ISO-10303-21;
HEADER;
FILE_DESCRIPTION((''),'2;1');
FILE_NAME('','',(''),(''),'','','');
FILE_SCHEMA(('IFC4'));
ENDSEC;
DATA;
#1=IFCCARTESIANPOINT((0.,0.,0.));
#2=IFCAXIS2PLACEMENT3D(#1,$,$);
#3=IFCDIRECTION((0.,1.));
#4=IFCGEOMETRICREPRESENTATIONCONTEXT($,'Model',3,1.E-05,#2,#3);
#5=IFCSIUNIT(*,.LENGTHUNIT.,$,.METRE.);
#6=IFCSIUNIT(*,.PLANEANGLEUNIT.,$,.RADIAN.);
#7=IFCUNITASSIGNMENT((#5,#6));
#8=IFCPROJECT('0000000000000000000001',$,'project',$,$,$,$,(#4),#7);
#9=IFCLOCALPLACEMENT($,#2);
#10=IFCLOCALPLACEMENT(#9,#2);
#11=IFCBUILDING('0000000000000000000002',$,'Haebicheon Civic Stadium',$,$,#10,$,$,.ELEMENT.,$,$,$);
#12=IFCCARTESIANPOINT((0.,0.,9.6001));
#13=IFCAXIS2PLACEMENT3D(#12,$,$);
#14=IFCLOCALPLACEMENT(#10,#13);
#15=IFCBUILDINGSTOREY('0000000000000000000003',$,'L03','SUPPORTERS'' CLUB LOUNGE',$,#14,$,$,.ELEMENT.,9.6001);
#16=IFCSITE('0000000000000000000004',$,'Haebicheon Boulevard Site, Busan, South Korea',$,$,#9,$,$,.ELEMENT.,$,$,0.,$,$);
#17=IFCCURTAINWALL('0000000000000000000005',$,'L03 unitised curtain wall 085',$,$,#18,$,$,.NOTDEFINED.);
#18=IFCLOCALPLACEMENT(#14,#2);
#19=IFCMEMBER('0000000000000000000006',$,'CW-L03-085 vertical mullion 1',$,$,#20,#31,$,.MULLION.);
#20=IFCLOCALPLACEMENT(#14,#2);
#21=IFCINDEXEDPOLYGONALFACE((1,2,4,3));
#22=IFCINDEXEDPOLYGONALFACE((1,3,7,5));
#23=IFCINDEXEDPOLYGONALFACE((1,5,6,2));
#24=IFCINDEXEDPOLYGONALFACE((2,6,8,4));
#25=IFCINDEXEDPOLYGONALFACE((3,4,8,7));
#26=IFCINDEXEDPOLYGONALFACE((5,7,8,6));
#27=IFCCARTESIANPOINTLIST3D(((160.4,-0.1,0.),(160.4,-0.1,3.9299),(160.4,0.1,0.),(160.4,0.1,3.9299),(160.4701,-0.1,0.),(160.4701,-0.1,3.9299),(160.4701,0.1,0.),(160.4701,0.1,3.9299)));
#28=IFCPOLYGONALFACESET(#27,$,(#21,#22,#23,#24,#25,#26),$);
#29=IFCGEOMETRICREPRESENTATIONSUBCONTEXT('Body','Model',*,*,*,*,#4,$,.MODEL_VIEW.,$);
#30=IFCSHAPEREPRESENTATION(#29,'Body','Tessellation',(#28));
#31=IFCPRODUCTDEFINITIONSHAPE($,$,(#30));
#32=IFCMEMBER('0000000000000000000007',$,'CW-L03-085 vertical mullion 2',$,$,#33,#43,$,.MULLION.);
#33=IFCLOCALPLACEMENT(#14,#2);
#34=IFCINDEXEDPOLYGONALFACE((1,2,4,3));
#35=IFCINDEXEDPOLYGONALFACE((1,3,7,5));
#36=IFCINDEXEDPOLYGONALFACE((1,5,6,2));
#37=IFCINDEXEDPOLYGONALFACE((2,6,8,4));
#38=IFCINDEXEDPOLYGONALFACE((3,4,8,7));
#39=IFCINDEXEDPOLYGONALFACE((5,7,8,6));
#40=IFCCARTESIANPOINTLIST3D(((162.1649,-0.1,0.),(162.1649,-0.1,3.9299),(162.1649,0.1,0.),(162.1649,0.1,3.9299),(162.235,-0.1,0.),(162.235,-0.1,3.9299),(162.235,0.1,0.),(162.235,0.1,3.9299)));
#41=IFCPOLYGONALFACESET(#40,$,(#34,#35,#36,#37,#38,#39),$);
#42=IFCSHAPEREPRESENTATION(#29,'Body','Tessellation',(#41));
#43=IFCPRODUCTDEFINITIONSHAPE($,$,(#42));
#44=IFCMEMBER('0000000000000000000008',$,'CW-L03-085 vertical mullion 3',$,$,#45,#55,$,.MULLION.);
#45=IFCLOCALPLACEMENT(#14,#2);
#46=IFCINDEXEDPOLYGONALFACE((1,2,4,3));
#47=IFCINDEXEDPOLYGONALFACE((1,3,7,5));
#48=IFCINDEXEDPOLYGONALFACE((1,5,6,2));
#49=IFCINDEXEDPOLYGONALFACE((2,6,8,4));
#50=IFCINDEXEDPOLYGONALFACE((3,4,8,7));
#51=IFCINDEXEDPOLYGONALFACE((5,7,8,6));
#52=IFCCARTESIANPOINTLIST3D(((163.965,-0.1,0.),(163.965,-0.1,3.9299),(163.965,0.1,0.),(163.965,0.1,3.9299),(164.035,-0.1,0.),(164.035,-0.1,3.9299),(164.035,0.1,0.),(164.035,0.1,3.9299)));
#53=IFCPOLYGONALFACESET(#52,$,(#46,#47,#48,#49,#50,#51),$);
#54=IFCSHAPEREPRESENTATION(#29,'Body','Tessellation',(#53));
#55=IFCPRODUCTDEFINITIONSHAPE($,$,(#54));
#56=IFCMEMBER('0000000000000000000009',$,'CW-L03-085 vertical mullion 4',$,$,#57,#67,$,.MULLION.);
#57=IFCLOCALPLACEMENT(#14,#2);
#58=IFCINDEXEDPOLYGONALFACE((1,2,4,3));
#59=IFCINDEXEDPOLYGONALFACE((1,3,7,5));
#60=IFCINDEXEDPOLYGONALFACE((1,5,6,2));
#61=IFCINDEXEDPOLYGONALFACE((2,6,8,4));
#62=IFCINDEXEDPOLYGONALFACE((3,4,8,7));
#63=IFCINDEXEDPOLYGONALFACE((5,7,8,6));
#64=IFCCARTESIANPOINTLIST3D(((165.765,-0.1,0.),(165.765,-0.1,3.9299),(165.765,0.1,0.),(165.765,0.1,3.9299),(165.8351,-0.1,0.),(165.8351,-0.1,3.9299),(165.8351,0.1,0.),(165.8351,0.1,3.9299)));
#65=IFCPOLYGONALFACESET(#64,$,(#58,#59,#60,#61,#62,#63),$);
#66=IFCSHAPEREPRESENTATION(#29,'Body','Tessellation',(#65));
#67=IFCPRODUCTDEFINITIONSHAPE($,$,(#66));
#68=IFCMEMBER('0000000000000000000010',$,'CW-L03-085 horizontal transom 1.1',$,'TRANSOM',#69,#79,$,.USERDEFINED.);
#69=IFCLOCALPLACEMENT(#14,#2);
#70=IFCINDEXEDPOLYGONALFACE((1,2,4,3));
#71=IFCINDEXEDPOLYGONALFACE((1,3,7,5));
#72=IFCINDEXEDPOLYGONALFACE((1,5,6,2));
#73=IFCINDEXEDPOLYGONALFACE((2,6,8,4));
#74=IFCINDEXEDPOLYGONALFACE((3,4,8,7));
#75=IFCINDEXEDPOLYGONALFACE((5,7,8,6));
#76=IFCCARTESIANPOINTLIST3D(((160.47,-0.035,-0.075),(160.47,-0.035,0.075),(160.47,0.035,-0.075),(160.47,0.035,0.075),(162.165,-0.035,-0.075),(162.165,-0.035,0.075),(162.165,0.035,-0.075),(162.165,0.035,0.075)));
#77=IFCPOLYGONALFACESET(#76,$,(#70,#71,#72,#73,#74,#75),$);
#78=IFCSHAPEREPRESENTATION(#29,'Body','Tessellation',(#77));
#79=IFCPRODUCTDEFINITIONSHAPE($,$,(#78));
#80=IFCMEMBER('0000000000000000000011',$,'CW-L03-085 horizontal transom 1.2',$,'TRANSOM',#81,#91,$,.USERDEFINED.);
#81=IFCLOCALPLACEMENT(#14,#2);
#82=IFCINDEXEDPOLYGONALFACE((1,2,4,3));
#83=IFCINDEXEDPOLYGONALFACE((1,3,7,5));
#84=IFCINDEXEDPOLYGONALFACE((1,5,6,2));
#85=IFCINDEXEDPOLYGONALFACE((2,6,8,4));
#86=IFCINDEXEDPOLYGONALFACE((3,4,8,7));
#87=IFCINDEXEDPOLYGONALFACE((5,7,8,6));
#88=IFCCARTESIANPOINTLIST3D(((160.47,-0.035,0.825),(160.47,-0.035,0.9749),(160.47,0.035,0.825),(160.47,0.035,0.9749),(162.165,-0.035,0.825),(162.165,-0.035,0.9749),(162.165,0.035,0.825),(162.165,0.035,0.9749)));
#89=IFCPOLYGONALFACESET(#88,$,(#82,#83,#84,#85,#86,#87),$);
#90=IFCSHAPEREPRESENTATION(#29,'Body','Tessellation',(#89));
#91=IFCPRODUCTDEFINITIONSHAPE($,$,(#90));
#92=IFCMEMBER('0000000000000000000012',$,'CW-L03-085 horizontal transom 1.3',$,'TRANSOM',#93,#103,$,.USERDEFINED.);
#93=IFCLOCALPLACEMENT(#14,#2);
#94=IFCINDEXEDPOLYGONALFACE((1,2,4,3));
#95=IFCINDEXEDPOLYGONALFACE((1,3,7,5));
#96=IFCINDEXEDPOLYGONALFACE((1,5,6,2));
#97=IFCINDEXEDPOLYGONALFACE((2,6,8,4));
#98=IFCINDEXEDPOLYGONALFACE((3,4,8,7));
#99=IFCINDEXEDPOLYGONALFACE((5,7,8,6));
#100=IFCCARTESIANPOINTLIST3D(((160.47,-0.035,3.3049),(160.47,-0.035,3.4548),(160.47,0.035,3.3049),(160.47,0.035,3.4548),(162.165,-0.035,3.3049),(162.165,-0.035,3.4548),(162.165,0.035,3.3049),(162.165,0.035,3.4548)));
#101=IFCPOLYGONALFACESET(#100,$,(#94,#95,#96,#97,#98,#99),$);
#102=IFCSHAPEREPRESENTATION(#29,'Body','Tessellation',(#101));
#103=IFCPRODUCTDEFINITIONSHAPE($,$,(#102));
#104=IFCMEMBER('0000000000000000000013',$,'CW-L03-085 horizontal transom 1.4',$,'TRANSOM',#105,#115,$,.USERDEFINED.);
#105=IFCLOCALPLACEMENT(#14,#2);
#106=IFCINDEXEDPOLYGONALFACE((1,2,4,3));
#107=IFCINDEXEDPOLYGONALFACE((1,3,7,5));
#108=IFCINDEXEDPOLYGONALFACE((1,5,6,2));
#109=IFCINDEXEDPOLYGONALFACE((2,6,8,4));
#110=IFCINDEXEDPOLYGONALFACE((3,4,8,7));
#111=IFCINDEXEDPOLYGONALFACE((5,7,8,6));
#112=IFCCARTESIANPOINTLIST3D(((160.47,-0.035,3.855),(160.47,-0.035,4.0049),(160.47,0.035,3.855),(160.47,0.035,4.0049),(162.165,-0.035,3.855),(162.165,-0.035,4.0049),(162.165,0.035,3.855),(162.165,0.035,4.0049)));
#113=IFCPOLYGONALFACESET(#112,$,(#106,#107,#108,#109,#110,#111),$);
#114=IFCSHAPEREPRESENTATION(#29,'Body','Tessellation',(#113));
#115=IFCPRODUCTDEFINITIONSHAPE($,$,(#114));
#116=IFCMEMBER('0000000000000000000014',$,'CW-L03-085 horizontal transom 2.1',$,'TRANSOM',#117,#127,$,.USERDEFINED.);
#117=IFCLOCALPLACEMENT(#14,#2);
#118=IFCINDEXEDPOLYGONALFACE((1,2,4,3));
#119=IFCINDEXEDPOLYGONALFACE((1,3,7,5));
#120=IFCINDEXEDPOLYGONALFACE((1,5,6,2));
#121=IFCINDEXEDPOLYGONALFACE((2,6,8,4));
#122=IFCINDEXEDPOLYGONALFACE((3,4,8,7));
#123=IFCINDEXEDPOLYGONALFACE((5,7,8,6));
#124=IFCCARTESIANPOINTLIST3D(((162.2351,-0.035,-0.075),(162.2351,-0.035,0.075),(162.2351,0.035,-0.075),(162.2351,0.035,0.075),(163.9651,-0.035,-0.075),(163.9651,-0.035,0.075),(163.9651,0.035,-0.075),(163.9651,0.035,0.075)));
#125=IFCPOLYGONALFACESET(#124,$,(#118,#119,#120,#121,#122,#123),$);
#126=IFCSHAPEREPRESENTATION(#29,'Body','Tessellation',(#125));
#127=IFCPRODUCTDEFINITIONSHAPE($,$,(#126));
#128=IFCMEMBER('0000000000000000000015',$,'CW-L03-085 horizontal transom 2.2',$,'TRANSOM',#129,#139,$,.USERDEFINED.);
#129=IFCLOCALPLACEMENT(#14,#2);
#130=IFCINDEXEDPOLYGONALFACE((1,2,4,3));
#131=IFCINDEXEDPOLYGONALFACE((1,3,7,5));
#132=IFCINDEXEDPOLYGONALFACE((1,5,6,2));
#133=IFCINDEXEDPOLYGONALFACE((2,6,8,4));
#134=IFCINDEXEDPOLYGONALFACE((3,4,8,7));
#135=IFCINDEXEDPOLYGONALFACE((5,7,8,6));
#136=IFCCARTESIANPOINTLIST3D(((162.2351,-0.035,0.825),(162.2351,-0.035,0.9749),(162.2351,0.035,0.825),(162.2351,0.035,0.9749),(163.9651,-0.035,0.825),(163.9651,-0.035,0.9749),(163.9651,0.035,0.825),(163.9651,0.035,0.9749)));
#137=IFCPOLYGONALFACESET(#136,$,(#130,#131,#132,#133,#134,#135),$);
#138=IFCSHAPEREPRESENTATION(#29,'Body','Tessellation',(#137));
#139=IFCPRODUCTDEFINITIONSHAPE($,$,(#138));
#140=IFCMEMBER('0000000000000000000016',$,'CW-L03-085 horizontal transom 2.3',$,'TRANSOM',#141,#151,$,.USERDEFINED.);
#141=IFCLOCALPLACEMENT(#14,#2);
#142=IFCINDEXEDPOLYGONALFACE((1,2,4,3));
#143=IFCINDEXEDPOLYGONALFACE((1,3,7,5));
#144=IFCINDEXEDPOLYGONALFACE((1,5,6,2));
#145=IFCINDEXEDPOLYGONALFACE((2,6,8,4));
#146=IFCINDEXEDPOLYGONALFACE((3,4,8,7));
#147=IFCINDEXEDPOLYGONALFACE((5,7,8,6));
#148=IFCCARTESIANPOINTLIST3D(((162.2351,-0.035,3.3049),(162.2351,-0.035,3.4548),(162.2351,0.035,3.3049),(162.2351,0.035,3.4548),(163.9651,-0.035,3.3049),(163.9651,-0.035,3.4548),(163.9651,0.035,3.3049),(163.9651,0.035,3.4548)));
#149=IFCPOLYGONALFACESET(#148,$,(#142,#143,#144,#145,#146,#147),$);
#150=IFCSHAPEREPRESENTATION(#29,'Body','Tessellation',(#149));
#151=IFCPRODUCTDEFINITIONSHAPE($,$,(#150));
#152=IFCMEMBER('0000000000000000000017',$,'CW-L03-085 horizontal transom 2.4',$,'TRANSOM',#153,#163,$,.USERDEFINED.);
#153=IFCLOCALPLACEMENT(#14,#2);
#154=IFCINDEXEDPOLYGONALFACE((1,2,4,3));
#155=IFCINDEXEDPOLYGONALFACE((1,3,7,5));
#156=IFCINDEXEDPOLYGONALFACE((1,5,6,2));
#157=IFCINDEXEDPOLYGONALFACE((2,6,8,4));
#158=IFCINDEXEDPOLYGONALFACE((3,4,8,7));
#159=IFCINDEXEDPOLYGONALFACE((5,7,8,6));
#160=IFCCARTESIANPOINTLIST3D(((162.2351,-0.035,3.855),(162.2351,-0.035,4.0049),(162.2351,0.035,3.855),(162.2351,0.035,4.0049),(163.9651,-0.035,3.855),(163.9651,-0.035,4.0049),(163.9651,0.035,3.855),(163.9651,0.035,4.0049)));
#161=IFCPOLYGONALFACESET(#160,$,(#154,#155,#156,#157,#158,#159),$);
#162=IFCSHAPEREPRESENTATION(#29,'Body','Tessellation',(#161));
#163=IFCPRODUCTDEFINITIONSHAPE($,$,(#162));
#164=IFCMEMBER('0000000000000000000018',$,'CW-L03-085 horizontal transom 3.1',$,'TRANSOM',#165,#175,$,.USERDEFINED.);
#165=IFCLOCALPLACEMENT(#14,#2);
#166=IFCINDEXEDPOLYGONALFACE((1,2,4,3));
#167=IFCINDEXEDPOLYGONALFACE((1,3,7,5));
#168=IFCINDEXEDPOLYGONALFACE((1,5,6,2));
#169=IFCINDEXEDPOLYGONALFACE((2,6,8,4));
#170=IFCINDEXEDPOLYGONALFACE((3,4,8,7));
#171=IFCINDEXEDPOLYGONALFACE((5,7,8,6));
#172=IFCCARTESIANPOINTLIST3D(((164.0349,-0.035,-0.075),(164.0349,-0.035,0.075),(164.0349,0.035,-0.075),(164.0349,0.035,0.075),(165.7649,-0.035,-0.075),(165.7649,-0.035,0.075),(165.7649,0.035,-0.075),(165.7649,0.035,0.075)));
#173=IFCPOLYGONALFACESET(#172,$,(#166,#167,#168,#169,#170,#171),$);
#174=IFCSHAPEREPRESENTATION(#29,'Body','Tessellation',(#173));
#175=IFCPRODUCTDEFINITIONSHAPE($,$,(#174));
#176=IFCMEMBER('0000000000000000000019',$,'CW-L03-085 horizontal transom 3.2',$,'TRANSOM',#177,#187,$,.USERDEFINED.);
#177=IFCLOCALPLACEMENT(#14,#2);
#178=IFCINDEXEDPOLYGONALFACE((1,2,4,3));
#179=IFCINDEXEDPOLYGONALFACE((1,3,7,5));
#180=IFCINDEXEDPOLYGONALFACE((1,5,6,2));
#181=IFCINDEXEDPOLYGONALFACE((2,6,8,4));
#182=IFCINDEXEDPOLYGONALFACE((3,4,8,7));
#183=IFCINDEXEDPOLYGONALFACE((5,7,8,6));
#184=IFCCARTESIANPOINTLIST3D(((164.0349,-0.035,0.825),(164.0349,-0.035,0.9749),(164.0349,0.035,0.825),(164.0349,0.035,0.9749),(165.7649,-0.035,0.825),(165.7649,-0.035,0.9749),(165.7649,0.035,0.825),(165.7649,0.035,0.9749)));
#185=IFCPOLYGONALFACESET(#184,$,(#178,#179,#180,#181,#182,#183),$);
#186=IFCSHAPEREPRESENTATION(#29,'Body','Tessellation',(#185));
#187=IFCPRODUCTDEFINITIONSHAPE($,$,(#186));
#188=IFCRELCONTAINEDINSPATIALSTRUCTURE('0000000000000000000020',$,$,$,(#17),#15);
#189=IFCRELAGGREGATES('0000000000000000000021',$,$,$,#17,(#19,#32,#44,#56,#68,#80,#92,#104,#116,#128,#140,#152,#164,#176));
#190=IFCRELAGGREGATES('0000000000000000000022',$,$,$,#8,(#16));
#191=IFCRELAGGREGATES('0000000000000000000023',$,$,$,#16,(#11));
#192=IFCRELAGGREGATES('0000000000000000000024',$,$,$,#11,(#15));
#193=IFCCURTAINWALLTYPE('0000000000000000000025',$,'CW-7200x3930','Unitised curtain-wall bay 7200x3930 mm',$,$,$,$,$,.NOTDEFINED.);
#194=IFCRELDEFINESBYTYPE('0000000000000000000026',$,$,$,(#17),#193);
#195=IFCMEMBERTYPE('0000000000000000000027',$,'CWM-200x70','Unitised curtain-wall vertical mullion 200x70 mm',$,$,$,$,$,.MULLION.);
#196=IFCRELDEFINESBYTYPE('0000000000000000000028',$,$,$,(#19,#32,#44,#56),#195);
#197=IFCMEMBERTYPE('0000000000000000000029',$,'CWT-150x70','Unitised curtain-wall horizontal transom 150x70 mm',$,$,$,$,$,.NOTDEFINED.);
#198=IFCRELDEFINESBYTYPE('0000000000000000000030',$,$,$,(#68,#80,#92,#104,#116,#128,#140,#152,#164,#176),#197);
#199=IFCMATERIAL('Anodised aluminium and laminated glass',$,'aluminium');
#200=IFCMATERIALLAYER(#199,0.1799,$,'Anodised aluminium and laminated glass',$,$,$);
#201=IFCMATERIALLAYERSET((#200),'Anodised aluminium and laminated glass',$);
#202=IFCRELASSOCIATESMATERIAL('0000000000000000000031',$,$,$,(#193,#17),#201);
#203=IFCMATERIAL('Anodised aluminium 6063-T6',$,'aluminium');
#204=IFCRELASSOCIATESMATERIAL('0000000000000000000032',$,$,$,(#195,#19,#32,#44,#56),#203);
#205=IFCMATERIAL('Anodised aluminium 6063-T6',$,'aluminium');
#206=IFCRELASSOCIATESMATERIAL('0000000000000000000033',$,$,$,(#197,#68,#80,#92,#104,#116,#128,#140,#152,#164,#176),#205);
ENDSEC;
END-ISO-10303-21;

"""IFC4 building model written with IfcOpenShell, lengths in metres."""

from ifc_helpers import new_model, si_unit, direction, frame, origin, origin_2d, place, context, subcontext, project, spatial, rectangle, extrude, material, layer, layer_set, material_profile, profile_set, type_object, element, aggregate, save


model = new_model("IFC4")

# Units and contexts
model_context = context("Model", 3, precision=1e-05, world=origin(), true_north=direction((0.0, 1.0)))
body_context = subcontext(model_context, "Body", "Model", "MODEL_VIEW")
ifc_project = project(units=[si_unit("LENGTHUNIT", "METRE"), si_unit("PLANEANGLEUNIT", "RADIAN")], contexts=[model_context])

# Site, building, storey
site_placement = place(None, origin())
site = spatial("IfcSite", under=ifc_project, at=site_placement, Name="Haebicheon Boulevard Site, Busan, South Korea", CompositionType="ELEMENT", RefElevation=0.0)
building_placement = place(site_placement, origin())
building = spatial("IfcBuilding", under=site, at=building_placement, Name="Haebicheon Civic Stadium", CompositionType="ELEMENT")
storey_placement = place(building_placement, frame((0.0, 0.0, 9.6001)))
storey = spatial("IfcBuildingStorey", under=building, at=storey_placement, Name="L03", Description="SUPPORTERS' CLUB LOUNGE", CompositionType="ELEMENT", Elevation=9.6001)

# Curtain wall, members
ifc_material_1 = material(Name="Anodised aluminium and laminated glass", Category="aluminium")
ifc_layer_1 = layer(ifc_material_1, 0.1799, Name="Anodised aluminium and laminated glass")
ifc_layer_set_1 = layer_set([ifc_layer_1], Name="Anodised aluminium and laminated glass")
curtain_wall_type = type_object("IfcCurtainWallType", Name="CW-7200x3930", Description="Unitised curtain-wall bay 7200x3930 mm", PredefinedType="NOTDEFINED", material=ifc_layer_set_1)
curtain_wall_placement = place(storey_placement, origin())
curtain_wall = element("IfcCurtainWall", 1, at=curtain_wall_placement, inside=storey, type_object=curtain_wall_type, material=ifc_layer_set_1, Name="L03 unitised curtain wall 085", PredefinedType="NOTDEFINED")
ifc_material_2 = material(Name="Anodised aluminium 6063-T6", Category="aluminium")
ifc_material_profile_1 = material_profile(ifc_material_2, rectangle(XDim=0.0701, YDim=0.2, at=origin_2d()), Name="ALU-MULL-70x200")
ifc_profile_set_1 = profile_set([ifc_material_profile_1], Name="Anodised aluminium 6063-T6")
member_type_1 = type_object("IfcMemberType", Name="CWM-200x70", Description="Unitised curtain-wall vertical mullion 200x70 mm", PredefinedType="MULLION", material=ifc_profile_set_1)
member_1_placement = place(storey_placement, frame((160.4351, 0.0, 0.0), z_axis=(0.0, 0.0, 1.0), x_axis=(1.0, 0.0, 0.0)))
member_1 = element("IfcMember", 2, at=member_1_placement, type_object=member_type_1, material=ifc_profile_set_1, Name="CW-L03-085 vertical mullion 1", PredefinedType="MULLION", context=body_context, shape_type="SweptSolid", body=[
    extrude(rectangle(XDim=0.0701, YDim=0.2, at=origin_2d()), origin(), (0.0, 0.0, 1.0), 3.9299),
])
member_2_placement = place(storey_placement, frame((162.2, 0.0, 0.0), z_axis=(0.0, 0.0, 1.0), x_axis=(1.0, 0.0, 0.0)))
member_2 = element("IfcMember", 3, at=member_2_placement, type_object=member_type_1, material=ifc_profile_set_1, Name="CW-L03-085 vertical mullion 2", PredefinedType="MULLION", context=body_context, shape_type="SweptSolid", body=[
    extrude(rectangle(XDim=0.0701, YDim=0.2, at=origin_2d()), origin(), (0.0, 0.0, 1.0), 3.9299),
])
member_3_placement = place(storey_placement, frame((164.0, 0.0, 0.0), z_axis=(0.0, 0.0, 1.0), x_axis=(1.0, 0.0, 0.0)))
member_3 = element("IfcMember", 4, at=member_3_placement, type_object=member_type_1, material=ifc_profile_set_1, Name="CW-L03-085 vertical mullion 3", PredefinedType="MULLION", context=body_context, shape_type="SweptSolid", body=[
    extrude(rectangle(XDim=0.0701, YDim=0.2, at=origin_2d()), origin(), (0.0, 0.0, 1.0), 3.9299),
])
member_4_placement = place(storey_placement, frame((165.8, 0.0, 0.0), z_axis=(0.0, 0.0, 1.0), x_axis=(1.0, 0.0, 0.0)))
member_4 = element("IfcMember", 5, at=member_4_placement, type_object=member_type_1, material=ifc_profile_set_1, Name="CW-L03-085 vertical mullion 4", PredefinedType="MULLION", context=body_context, shape_type="SweptSolid", body=[
    extrude(rectangle(XDim=0.0701, YDim=0.2, at=origin_2d()), origin(), (0.0, 0.0, 1.0), 3.9299),
])
ifc_material_3 = material(Name="Anodised aluminium 6063-T6", Category="aluminium")
ifc_material_profile_2 = material_profile(ifc_material_3, rectangle(XDim=0.0701, YDim=0.1499, at=origin_2d()), Name="ALU-TRAN-70x150")
ifc_profile_set_2 = profile_set([ifc_material_profile_2], Name="Anodised aluminium 6063-T6")
member_type_2 = type_object("IfcMemberType", Name="CWT-150x70", Description="Unitised curtain-wall horizontal transom 150x70 mm", PredefinedType="NOTDEFINED", material=ifc_profile_set_2)
member_5_placement = place(storey_placement, frame((160.47, 0.0, 0.0), z_axis=(1.0, 0.0, 0.0), x_axis=(0.0, 1.0, 0.0)))
member_5 = element("IfcMember", 6, at=member_5_placement, type_object=member_type_2, material=ifc_profile_set_2, Name="CW-L03-085 horizontal transom 1.1", ObjectType="TRANSOM", PredefinedType="USERDEFINED", context=body_context, shape_type="SweptSolid", body=[
    extrude(rectangle(XDim=0.0701, YDim=0.1499, at=origin_2d()), origin(), (0.0, 0.0, 1.0), 1.6951),
])
member_6_placement = place(storey_placement, frame((160.47, 0.0, 0.8999), z_axis=(1.0, 0.0, 0.0), x_axis=(0.0, 1.0, 0.0)))
member_6 = element("IfcMember", 7, at=member_6_placement, type_object=member_type_2, material=ifc_profile_set_2, Name="CW-L03-085 horizontal transom 1.2", ObjectType="TRANSOM", PredefinedType="USERDEFINED", context=body_context, shape_type="SweptSolid", body=[
    extrude(rectangle(XDim=0.0701, YDim=0.1499, at=origin_2d()), origin(), (0.0, 0.0, 1.0), 1.6951),
])
member_7_placement = place(storey_placement, frame((160.47, 0.0, 3.3799), z_axis=(1.0, 0.0, 0.0), x_axis=(0.0, 1.0, 0.0)))
member_7 = element("IfcMember", 8, at=member_7_placement, type_object=member_type_2, material=ifc_profile_set_2, Name="CW-L03-085 horizontal transom 1.3", ObjectType="TRANSOM", PredefinedType="USERDEFINED", context=body_context, shape_type="SweptSolid", body=[
    extrude(rectangle(XDim=0.0701, YDim=0.1499, at=origin_2d()), origin(), (0.0, 0.0, 1.0), 1.6951),
])
member_8_placement = place(storey_placement, frame((160.47, 0.0, 3.9299), z_axis=(1.0, 0.0, 0.0), x_axis=(0.0, 1.0, 0.0)))
member_8 = element("IfcMember", 9, at=member_8_placement, type_object=member_type_2, material=ifc_profile_set_2, Name="CW-L03-085 horizontal transom 1.4", ObjectType="TRANSOM", PredefinedType="USERDEFINED", context=body_context, shape_type="SweptSolid", body=[
    extrude(rectangle(XDim=0.0701, YDim=0.1499, at=origin_2d()), origin(), (0.0, 0.0, 1.0), 1.6951),
])
member_9_placement = place(storey_placement, frame((162.2351, 0.0, 0.0), z_axis=(1.0, 0.0, 0.0), x_axis=(0.0, 1.0, 0.0)))
member_9 = element("IfcMember", 10, at=member_9_placement, type_object=member_type_2, material=ifc_profile_set_2, Name="CW-L03-085 horizontal transom 2.1", ObjectType="TRANSOM", PredefinedType="USERDEFINED", context=body_context, shape_type="SweptSolid", body=[
    extrude(rectangle(XDim=0.0701, YDim=0.1499, at=origin_2d()), origin(), (0.0, 0.0, 1.0), 1.73),
])
member_10_placement = place(storey_placement, frame((162.2351, 0.0, 0.8999), z_axis=(1.0, 0.0, 0.0), x_axis=(0.0, 1.0, 0.0)))
member_10 = element("IfcMember", 11, at=member_10_placement, type_object=member_type_2, material=ifc_profile_set_2, Name="CW-L03-085 horizontal transom 2.2", ObjectType="TRANSOM", PredefinedType="USERDEFINED", context=body_context, shape_type="SweptSolid", body=[
    extrude(rectangle(XDim=0.0701, YDim=0.1499, at=origin_2d()), origin(), (0.0, 0.0, 1.0), 1.73),
])
member_11_placement = place(storey_placement, frame((162.2351, 0.0, 3.3799), z_axis=(1.0, 0.0, 0.0), x_axis=(0.0, 1.0, 0.0)))
member_11 = element("IfcMember", 12, at=member_11_placement, type_object=member_type_2, material=ifc_profile_set_2, Name="CW-L03-085 horizontal transom 2.3", ObjectType="TRANSOM", PredefinedType="USERDEFINED", context=body_context, shape_type="SweptSolid", body=[
    extrude(rectangle(XDim=0.0701, YDim=0.1499, at=origin_2d()), origin(), (0.0, 0.0, 1.0), 1.73),
])
member_12_placement = place(storey_placement, frame((162.2351, 0.0, 3.9299), z_axis=(1.0, 0.0, 0.0), x_axis=(0.0, 1.0, 0.0)))
member_12 = element("IfcMember", 13, at=member_12_placement, type_object=member_type_2, material=ifc_profile_set_2, Name="CW-L03-085 horizontal transom 2.4", ObjectType="TRANSOM", PredefinedType="USERDEFINED", context=body_context, shape_type="SweptSolid", body=[
    extrude(rectangle(XDim=0.0701, YDim=0.1499, at=origin_2d()), origin(), (0.0, 0.0, 1.0), 1.73),
])
member_13_placement = place(storey_placement, frame((164.0349, 0.0, 0.0), z_axis=(1.0, 0.0, 0.0), x_axis=(0.0, 1.0, 0.0)))
member_13 = element("IfcMember", 14, at=member_13_placement, type_object=member_type_2, material=ifc_profile_set_2, Name="CW-L03-085 horizontal transom 3.1", ObjectType="TRANSOM", PredefinedType="USERDEFINED", context=body_context, shape_type="SweptSolid", body=[
    extrude(rectangle(XDim=0.0701, YDim=0.1499, at=origin_2d()), origin(), (0.0, 0.0, 1.0), 1.73),
])
member_14_placement = place(storey_placement, frame((164.0349, 0.0, 0.8999), z_axis=(1.0, 0.0, 0.0), x_axis=(0.0, 1.0, 0.0)))
member_14 = element("IfcMember", 15, at=member_14_placement, type_object=member_type_2, material=ifc_profile_set_2, Name="CW-L03-085 horizontal transom 3.2", ObjectType="TRANSOM", PredefinedType="USERDEFINED", context=body_context, shape_type="SweptSolid", body=[
    extrude(rectangle(XDim=0.0701, YDim=0.1499, at=origin_2d()), origin(), (0.0, 0.0, 1.0), 1.73),
])

aggregate(curtain_wall, [member_1, member_2, member_3, member_4, member_5, member_6, member_7, member_8, member_9, member_10, member_11, member_12, member_13, member_14])

save(model, "model.ifc")
